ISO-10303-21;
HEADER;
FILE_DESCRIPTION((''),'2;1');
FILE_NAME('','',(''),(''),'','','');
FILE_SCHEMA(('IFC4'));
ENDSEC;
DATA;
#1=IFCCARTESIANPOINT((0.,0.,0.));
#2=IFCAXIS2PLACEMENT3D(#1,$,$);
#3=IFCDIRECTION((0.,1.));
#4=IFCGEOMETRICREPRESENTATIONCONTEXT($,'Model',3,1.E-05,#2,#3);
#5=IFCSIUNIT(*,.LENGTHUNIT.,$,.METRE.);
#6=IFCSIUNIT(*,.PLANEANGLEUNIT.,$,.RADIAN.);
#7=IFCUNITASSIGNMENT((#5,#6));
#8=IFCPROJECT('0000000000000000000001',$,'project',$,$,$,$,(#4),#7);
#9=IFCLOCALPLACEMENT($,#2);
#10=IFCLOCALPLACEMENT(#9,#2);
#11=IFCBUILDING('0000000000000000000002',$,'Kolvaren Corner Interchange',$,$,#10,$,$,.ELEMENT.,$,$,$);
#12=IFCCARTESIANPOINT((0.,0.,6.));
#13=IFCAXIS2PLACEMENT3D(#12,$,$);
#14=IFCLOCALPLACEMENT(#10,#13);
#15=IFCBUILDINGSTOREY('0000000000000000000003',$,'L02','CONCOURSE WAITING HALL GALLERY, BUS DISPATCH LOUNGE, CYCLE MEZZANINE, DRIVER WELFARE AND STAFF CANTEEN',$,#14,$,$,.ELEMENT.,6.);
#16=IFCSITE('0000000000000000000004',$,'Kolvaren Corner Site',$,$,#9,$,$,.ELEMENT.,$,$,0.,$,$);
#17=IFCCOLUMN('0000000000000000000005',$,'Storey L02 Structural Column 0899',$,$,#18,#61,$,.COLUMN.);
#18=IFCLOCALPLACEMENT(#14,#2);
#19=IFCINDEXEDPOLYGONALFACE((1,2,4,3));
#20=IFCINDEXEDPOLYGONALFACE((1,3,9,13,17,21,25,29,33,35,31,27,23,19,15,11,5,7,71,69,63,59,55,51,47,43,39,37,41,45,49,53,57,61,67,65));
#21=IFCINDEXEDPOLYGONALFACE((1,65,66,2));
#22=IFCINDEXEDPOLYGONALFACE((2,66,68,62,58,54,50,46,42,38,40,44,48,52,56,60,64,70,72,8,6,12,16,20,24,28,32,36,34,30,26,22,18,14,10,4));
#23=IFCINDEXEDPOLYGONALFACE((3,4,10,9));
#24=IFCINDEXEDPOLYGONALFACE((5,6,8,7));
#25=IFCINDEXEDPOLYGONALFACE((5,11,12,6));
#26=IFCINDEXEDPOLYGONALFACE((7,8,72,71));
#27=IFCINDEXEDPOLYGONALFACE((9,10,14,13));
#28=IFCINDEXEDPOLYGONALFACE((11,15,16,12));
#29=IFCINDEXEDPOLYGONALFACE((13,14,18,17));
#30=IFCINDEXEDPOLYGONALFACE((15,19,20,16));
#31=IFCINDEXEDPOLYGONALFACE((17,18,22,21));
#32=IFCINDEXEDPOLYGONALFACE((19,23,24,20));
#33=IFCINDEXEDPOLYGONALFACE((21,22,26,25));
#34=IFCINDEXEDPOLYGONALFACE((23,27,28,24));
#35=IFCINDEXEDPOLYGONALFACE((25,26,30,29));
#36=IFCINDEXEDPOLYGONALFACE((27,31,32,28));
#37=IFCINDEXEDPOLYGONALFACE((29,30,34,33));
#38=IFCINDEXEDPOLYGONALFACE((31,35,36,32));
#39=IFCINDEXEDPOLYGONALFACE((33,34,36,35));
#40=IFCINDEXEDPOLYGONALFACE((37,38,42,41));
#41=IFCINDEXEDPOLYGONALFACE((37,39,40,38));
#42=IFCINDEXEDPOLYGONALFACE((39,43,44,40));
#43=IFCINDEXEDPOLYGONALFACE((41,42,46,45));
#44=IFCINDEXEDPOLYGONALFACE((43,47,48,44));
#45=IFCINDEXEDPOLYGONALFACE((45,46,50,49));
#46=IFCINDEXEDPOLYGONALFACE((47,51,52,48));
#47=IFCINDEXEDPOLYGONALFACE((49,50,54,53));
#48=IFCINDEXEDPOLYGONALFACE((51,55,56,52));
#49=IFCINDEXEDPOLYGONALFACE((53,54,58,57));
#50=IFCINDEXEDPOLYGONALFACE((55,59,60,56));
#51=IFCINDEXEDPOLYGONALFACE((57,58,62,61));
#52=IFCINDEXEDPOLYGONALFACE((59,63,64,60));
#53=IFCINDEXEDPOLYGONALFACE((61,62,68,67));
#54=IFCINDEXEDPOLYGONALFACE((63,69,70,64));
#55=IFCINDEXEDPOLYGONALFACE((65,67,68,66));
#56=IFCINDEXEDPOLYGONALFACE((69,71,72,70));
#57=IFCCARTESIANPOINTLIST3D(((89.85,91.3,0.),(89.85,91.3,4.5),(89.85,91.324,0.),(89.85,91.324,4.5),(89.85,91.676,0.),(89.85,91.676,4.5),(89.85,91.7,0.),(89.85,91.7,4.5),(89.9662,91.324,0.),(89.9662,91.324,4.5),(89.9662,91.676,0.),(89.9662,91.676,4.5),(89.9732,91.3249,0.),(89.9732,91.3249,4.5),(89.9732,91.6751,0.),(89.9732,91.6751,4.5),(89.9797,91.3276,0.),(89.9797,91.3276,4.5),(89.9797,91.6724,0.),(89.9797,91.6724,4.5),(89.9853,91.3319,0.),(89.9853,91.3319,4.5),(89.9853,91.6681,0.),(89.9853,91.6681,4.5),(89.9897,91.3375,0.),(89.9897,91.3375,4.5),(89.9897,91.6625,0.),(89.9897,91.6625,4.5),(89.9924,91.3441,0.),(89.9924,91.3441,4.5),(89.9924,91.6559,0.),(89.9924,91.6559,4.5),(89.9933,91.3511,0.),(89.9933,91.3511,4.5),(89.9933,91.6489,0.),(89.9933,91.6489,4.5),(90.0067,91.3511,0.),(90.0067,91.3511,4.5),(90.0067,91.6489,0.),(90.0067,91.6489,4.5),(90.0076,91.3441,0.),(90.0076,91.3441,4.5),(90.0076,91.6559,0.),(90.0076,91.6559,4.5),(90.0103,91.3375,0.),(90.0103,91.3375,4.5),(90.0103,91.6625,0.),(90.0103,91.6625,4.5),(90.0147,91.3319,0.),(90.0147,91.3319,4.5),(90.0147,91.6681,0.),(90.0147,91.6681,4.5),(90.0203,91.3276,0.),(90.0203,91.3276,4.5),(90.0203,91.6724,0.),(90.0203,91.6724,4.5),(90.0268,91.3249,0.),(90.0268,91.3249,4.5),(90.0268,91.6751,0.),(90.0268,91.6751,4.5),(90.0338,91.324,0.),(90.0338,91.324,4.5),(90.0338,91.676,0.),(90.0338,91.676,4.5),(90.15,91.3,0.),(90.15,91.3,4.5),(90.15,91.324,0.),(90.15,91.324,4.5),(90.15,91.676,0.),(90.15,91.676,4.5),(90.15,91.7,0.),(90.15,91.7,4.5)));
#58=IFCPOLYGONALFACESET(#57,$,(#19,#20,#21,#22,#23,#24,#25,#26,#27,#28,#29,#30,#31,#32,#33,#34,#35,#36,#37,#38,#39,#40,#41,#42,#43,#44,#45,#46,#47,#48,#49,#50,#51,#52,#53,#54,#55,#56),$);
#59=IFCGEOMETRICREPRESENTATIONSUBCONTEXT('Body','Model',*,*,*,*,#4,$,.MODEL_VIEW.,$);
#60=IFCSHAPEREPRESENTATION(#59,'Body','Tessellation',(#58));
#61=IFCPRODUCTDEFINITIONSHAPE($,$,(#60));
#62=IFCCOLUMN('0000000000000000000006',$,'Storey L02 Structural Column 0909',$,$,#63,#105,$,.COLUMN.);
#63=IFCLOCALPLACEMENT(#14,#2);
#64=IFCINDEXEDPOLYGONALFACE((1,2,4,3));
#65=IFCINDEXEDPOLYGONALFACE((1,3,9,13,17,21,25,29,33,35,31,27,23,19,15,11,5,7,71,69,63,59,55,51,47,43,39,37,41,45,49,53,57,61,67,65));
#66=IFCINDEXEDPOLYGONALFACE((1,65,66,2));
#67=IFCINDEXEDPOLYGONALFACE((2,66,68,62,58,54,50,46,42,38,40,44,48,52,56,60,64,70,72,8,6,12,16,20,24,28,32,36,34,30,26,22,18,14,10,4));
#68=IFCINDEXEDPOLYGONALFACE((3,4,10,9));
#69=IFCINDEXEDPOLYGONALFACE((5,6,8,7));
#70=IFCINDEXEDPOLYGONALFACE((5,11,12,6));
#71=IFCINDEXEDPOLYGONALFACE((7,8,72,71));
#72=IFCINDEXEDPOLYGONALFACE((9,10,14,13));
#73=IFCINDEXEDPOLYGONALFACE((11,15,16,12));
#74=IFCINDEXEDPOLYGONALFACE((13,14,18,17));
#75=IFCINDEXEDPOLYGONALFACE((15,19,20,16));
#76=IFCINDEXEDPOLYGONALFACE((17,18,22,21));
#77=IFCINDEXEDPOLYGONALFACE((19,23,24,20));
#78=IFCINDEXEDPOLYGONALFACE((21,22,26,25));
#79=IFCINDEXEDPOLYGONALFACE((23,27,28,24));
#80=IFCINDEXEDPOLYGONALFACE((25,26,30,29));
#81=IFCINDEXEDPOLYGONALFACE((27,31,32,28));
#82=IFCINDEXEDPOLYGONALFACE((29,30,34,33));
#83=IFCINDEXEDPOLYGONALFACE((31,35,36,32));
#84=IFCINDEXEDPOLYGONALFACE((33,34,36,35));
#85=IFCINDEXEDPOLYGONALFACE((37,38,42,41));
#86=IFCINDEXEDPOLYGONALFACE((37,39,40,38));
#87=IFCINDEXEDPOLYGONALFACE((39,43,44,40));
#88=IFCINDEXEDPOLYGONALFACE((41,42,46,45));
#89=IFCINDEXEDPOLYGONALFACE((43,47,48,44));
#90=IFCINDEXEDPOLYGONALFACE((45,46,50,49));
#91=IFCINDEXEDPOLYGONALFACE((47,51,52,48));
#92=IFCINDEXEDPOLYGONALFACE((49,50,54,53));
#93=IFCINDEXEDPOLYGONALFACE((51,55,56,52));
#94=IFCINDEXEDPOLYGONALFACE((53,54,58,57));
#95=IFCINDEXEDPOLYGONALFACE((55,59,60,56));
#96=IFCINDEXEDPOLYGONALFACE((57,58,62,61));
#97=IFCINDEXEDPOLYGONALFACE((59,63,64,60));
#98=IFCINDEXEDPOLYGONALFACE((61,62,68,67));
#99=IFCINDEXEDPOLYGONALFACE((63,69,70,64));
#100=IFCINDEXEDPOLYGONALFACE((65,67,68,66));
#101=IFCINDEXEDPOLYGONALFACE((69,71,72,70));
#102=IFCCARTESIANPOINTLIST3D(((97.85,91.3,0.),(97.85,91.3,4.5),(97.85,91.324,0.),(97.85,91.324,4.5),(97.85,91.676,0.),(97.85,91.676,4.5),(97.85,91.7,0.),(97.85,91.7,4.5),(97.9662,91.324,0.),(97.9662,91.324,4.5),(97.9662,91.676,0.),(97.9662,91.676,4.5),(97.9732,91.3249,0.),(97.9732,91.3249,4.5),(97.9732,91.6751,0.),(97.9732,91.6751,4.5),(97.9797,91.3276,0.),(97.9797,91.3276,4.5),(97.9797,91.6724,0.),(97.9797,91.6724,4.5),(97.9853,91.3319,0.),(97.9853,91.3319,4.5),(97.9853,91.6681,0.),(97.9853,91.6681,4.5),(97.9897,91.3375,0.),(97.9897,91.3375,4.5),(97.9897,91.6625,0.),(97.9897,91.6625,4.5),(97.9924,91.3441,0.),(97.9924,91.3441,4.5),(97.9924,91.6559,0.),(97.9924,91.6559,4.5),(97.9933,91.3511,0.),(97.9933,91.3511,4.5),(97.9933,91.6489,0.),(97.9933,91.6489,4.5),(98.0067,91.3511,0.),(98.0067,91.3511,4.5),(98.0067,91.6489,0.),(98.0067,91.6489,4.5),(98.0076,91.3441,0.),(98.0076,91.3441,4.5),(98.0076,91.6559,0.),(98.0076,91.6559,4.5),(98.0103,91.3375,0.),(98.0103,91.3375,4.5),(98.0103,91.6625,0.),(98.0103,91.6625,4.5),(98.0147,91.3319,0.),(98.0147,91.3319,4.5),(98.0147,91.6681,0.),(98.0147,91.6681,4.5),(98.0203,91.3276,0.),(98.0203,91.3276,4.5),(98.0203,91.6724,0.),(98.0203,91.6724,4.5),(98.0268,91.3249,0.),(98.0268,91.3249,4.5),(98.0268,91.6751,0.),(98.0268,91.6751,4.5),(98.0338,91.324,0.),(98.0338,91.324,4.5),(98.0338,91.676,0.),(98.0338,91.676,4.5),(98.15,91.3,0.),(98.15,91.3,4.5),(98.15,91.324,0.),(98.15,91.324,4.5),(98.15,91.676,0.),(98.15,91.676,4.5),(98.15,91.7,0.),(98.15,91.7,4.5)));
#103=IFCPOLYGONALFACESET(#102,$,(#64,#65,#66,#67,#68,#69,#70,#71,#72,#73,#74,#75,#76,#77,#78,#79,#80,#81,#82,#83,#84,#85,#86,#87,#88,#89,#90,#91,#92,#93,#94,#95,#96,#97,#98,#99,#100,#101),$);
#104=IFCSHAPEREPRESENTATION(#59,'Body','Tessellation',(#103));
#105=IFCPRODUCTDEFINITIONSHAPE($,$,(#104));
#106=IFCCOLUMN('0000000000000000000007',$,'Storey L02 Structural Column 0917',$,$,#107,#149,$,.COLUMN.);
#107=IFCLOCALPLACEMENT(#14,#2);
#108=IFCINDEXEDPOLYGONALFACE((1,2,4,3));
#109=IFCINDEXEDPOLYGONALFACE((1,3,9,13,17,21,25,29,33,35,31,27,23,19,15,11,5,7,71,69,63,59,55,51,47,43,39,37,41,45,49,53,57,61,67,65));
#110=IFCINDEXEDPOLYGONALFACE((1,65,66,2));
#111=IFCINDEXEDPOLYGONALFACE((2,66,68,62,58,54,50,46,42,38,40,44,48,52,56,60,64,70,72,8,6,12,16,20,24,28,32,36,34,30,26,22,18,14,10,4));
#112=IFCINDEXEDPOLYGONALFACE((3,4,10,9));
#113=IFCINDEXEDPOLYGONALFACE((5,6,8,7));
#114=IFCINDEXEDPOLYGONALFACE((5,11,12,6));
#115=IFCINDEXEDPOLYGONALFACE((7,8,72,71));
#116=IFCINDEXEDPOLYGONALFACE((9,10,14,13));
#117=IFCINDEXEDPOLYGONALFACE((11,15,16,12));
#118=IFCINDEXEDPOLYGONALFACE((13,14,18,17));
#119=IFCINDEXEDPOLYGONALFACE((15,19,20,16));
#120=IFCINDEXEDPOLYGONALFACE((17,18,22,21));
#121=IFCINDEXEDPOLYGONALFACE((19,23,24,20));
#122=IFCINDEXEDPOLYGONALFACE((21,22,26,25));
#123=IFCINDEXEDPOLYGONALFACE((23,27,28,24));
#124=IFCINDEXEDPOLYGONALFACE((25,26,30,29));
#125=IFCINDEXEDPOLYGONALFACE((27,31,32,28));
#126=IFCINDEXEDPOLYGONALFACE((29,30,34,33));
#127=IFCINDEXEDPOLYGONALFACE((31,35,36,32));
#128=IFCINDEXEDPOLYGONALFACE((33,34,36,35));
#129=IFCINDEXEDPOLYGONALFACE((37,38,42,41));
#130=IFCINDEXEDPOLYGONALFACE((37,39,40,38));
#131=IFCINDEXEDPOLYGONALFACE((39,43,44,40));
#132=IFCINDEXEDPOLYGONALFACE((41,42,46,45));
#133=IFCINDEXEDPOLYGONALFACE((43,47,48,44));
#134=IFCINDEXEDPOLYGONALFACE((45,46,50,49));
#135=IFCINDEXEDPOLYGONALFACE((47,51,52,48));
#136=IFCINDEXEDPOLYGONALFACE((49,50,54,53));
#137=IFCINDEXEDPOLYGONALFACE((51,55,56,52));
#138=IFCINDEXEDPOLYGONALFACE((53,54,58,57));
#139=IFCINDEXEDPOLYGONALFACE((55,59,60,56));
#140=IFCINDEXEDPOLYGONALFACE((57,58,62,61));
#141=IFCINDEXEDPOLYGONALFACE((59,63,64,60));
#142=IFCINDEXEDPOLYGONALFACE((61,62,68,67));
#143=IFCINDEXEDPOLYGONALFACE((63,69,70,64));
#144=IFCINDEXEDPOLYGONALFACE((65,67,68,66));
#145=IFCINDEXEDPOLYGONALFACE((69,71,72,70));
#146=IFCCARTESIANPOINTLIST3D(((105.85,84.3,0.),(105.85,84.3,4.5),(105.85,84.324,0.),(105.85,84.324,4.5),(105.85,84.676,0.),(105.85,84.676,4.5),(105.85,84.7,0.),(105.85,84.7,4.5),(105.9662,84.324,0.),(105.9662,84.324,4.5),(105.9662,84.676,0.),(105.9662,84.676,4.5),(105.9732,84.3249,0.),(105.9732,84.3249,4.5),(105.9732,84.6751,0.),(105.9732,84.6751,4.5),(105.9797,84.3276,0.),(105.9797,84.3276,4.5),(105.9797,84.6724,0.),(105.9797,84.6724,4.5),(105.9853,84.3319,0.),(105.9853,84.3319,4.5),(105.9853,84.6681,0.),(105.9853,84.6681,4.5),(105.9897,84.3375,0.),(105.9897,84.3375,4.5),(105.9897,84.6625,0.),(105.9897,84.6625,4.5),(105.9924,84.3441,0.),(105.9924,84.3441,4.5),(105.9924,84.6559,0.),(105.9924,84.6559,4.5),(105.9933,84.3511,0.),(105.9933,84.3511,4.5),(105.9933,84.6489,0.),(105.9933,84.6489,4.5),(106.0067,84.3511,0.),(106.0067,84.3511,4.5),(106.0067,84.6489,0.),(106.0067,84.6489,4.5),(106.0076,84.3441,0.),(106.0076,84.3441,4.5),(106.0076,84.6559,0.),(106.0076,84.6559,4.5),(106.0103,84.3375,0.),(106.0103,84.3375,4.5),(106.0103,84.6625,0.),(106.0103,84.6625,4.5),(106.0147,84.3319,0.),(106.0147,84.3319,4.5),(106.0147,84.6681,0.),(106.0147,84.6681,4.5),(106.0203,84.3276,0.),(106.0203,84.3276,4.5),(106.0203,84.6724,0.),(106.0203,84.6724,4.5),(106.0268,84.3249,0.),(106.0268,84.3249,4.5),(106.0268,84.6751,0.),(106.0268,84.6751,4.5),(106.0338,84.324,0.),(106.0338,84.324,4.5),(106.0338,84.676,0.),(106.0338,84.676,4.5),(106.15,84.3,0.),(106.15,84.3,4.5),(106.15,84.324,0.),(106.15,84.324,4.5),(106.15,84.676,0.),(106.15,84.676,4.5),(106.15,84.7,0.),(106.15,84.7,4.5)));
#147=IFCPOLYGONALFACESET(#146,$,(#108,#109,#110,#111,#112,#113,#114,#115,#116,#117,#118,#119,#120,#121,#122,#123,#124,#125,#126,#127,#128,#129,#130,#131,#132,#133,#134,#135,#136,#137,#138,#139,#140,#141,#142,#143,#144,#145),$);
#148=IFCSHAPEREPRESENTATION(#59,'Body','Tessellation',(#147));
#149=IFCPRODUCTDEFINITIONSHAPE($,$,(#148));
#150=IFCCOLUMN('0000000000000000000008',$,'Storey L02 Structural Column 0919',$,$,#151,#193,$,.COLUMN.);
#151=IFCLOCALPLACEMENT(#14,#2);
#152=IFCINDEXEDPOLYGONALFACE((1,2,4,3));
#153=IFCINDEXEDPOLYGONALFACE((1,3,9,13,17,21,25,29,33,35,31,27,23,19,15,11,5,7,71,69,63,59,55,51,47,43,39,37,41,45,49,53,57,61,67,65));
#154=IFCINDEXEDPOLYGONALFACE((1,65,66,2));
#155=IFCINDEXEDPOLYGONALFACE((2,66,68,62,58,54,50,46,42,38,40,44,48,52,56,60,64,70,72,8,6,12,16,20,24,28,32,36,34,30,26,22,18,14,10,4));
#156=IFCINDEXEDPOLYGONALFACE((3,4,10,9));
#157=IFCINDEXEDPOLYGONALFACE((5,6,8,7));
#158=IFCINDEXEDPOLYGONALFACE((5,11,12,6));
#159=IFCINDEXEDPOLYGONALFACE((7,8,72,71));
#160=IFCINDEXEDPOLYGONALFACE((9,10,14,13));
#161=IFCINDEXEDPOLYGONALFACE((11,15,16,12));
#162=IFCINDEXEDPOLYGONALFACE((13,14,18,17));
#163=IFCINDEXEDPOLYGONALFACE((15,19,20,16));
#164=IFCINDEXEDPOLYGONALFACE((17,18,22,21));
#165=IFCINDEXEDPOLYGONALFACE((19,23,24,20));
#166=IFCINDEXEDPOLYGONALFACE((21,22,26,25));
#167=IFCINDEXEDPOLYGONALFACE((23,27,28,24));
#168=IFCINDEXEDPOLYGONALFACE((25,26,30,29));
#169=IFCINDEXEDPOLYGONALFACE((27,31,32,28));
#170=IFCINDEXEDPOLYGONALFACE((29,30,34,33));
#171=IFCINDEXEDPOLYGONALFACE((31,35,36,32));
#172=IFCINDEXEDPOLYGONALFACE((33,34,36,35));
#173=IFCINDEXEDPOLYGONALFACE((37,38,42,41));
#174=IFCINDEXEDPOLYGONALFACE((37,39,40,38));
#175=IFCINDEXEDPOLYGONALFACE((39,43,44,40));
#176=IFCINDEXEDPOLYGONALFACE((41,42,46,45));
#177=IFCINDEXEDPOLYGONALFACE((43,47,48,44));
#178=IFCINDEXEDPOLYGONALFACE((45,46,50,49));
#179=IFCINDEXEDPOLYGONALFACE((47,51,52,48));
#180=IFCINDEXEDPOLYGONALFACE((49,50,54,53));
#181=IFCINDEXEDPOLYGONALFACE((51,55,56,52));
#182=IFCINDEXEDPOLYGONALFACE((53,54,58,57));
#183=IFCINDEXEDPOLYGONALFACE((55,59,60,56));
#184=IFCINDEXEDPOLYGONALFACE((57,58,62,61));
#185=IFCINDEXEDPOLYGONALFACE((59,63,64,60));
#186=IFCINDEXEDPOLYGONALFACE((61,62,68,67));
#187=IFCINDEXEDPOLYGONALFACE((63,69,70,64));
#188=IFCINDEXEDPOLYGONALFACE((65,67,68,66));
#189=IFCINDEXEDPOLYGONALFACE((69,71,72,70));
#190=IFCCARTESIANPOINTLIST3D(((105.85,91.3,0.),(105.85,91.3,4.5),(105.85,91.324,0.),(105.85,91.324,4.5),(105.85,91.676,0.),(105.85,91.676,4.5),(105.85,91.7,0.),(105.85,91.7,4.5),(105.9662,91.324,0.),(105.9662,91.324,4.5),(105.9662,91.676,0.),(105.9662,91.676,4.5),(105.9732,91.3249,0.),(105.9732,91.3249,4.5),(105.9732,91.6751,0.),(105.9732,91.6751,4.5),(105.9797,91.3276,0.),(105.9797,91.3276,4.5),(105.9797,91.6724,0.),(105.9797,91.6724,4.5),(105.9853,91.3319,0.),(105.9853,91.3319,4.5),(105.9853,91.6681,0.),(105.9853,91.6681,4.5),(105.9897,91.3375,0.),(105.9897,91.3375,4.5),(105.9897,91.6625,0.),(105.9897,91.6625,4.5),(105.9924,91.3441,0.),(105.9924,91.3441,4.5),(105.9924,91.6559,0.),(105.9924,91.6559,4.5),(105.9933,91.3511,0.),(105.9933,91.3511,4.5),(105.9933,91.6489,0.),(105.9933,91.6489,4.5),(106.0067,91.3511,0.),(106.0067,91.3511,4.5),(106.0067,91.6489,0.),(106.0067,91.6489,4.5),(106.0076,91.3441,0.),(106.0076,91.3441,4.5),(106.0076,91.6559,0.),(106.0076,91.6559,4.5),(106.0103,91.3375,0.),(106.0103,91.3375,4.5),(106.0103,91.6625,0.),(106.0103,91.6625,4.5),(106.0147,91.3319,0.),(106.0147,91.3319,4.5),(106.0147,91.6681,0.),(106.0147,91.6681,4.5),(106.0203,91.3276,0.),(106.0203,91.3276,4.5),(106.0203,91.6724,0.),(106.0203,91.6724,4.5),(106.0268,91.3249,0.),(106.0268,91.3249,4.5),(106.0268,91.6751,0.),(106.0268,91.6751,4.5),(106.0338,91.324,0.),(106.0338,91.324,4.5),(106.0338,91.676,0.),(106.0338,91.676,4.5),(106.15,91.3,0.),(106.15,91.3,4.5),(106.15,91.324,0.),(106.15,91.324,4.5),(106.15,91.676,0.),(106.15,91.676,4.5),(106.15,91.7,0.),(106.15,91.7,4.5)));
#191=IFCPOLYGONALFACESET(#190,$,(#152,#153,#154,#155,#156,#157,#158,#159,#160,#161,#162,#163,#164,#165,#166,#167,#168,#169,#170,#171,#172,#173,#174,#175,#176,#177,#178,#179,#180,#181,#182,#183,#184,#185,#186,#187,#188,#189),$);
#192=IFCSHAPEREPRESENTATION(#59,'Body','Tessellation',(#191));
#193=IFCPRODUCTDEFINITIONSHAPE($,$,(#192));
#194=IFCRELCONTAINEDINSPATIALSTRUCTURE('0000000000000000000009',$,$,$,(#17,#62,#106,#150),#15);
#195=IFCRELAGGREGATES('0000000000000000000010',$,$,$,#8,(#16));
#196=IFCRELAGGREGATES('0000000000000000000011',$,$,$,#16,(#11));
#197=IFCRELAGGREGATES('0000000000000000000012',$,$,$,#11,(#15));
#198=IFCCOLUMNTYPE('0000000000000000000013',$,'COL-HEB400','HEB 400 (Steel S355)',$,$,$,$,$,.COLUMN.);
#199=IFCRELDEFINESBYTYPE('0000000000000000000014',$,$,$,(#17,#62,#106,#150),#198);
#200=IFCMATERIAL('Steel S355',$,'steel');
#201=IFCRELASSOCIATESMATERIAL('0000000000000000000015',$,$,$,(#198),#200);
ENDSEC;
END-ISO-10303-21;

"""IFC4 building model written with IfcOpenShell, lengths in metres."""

from ifc_helpers import new_model, si_unit, direction, frame, origin, origin_2d, place, context, subcontext, project, spatial, i_section, extrude, material, material_profile, profile_set, type_object, element, save


model = new_model("IFC4")

# Units and contexts
model_context = context("Model", 3, precision=1e-05, world=origin(), true_north=direction((0.0, 1.0)))
body_context = subcontext(model_context, "Body", "Model", "MODEL_VIEW")
ifc_project = project(units=[si_unit("LENGTHUNIT", "METRE"), si_unit("PLANEANGLEUNIT", "RADIAN")], contexts=[model_context])

# Site, building, storey
site_placement = place(None, origin())
site = spatial("IfcSite", under=ifc_project, at=site_placement, Name="Kolvaren Corner Site", CompositionType="ELEMENT", RefElevation=0.0)
building_placement = place(site_placement, origin())
building = spatial("IfcBuilding", under=site, at=building_placement, Name="Kolvaren Corner Interchange", CompositionType="ELEMENT")
storey_placement = place(building_placement, frame((0.0, 0.0, 6.0)))
storey = spatial("IfcBuildingStorey", under=building, at=storey_placement, Name="L02", Description="CONCOURSE WAITING HALL GALLERY, BUS DISPATCH LOUNGE, CYCLE MEZZANINE, DRIVER WELFARE AND STAFF CANTEEN", CompositionType="ELEMENT", Elevation=6.0)

# Columns
ifc_material_1 = material(Name="Steel S355", Category="steel")
ifc_material_profile_1 = material_profile(ifc_material_1, i_section(OverallWidth=0.3, OverallDepth=0.3999, WebThickness=0.0134, FlangeThickness=0.0239, FilletRadius=0.0271, at=origin_2d()), Name="HEB 400")
ifc_profile_set_1 = profile_set([ifc_material_profile_1], Name="Steel S355")
column_type = type_object("IfcColumnType", Name="COL-HEB400", Description="HEB 400 (Steel S355)", PredefinedType="COLUMN", material=ifc_profile_set_1)
for number, where, z_axis, x_axis, name in (
    (1, (90.0, 91.5, 0.0), (0.0, 0.0, 1.0), (1.0, 0.0, 0.0), "Storey L02 Structural Column 0899"),
    (2, (98.0, 91.5, 0.0), (0.0, 0.0, 1.0), (1.0, 0.0, 0.0), "Storey L02 Structural Column 0909"),
    (3, (106.0, 84.5, 0.0), (0.0, 0.0, 1.0), (1.0, 0.0, 0.0), "Storey L02 Structural Column 0917"),
    (4, (106.0, 91.5, 0.0), (0.0, 0.0, 1.0), (1.0, 0.0, 0.0), "Storey L02 Structural Column 0919"),
):
    element("IfcColumn", number, at=place(storey_placement, frame(where, z_axis=z_axis, x_axis=x_axis)), inside=storey, type_object=column_type, Name=name, PredefinedType="COLUMN", context=body_context, shape_type="SweptSolid", body=[
        extrude(i_section(OverallWidth=0.3, OverallDepth=0.3999, WebThickness=0.0134, FlangeThickness=0.0239, FilletRadius=0.0271, at=origin_2d()), origin(), (0.0, 0.0, 1.0), 4.5),
    ])

save(model, "model.ifc")
